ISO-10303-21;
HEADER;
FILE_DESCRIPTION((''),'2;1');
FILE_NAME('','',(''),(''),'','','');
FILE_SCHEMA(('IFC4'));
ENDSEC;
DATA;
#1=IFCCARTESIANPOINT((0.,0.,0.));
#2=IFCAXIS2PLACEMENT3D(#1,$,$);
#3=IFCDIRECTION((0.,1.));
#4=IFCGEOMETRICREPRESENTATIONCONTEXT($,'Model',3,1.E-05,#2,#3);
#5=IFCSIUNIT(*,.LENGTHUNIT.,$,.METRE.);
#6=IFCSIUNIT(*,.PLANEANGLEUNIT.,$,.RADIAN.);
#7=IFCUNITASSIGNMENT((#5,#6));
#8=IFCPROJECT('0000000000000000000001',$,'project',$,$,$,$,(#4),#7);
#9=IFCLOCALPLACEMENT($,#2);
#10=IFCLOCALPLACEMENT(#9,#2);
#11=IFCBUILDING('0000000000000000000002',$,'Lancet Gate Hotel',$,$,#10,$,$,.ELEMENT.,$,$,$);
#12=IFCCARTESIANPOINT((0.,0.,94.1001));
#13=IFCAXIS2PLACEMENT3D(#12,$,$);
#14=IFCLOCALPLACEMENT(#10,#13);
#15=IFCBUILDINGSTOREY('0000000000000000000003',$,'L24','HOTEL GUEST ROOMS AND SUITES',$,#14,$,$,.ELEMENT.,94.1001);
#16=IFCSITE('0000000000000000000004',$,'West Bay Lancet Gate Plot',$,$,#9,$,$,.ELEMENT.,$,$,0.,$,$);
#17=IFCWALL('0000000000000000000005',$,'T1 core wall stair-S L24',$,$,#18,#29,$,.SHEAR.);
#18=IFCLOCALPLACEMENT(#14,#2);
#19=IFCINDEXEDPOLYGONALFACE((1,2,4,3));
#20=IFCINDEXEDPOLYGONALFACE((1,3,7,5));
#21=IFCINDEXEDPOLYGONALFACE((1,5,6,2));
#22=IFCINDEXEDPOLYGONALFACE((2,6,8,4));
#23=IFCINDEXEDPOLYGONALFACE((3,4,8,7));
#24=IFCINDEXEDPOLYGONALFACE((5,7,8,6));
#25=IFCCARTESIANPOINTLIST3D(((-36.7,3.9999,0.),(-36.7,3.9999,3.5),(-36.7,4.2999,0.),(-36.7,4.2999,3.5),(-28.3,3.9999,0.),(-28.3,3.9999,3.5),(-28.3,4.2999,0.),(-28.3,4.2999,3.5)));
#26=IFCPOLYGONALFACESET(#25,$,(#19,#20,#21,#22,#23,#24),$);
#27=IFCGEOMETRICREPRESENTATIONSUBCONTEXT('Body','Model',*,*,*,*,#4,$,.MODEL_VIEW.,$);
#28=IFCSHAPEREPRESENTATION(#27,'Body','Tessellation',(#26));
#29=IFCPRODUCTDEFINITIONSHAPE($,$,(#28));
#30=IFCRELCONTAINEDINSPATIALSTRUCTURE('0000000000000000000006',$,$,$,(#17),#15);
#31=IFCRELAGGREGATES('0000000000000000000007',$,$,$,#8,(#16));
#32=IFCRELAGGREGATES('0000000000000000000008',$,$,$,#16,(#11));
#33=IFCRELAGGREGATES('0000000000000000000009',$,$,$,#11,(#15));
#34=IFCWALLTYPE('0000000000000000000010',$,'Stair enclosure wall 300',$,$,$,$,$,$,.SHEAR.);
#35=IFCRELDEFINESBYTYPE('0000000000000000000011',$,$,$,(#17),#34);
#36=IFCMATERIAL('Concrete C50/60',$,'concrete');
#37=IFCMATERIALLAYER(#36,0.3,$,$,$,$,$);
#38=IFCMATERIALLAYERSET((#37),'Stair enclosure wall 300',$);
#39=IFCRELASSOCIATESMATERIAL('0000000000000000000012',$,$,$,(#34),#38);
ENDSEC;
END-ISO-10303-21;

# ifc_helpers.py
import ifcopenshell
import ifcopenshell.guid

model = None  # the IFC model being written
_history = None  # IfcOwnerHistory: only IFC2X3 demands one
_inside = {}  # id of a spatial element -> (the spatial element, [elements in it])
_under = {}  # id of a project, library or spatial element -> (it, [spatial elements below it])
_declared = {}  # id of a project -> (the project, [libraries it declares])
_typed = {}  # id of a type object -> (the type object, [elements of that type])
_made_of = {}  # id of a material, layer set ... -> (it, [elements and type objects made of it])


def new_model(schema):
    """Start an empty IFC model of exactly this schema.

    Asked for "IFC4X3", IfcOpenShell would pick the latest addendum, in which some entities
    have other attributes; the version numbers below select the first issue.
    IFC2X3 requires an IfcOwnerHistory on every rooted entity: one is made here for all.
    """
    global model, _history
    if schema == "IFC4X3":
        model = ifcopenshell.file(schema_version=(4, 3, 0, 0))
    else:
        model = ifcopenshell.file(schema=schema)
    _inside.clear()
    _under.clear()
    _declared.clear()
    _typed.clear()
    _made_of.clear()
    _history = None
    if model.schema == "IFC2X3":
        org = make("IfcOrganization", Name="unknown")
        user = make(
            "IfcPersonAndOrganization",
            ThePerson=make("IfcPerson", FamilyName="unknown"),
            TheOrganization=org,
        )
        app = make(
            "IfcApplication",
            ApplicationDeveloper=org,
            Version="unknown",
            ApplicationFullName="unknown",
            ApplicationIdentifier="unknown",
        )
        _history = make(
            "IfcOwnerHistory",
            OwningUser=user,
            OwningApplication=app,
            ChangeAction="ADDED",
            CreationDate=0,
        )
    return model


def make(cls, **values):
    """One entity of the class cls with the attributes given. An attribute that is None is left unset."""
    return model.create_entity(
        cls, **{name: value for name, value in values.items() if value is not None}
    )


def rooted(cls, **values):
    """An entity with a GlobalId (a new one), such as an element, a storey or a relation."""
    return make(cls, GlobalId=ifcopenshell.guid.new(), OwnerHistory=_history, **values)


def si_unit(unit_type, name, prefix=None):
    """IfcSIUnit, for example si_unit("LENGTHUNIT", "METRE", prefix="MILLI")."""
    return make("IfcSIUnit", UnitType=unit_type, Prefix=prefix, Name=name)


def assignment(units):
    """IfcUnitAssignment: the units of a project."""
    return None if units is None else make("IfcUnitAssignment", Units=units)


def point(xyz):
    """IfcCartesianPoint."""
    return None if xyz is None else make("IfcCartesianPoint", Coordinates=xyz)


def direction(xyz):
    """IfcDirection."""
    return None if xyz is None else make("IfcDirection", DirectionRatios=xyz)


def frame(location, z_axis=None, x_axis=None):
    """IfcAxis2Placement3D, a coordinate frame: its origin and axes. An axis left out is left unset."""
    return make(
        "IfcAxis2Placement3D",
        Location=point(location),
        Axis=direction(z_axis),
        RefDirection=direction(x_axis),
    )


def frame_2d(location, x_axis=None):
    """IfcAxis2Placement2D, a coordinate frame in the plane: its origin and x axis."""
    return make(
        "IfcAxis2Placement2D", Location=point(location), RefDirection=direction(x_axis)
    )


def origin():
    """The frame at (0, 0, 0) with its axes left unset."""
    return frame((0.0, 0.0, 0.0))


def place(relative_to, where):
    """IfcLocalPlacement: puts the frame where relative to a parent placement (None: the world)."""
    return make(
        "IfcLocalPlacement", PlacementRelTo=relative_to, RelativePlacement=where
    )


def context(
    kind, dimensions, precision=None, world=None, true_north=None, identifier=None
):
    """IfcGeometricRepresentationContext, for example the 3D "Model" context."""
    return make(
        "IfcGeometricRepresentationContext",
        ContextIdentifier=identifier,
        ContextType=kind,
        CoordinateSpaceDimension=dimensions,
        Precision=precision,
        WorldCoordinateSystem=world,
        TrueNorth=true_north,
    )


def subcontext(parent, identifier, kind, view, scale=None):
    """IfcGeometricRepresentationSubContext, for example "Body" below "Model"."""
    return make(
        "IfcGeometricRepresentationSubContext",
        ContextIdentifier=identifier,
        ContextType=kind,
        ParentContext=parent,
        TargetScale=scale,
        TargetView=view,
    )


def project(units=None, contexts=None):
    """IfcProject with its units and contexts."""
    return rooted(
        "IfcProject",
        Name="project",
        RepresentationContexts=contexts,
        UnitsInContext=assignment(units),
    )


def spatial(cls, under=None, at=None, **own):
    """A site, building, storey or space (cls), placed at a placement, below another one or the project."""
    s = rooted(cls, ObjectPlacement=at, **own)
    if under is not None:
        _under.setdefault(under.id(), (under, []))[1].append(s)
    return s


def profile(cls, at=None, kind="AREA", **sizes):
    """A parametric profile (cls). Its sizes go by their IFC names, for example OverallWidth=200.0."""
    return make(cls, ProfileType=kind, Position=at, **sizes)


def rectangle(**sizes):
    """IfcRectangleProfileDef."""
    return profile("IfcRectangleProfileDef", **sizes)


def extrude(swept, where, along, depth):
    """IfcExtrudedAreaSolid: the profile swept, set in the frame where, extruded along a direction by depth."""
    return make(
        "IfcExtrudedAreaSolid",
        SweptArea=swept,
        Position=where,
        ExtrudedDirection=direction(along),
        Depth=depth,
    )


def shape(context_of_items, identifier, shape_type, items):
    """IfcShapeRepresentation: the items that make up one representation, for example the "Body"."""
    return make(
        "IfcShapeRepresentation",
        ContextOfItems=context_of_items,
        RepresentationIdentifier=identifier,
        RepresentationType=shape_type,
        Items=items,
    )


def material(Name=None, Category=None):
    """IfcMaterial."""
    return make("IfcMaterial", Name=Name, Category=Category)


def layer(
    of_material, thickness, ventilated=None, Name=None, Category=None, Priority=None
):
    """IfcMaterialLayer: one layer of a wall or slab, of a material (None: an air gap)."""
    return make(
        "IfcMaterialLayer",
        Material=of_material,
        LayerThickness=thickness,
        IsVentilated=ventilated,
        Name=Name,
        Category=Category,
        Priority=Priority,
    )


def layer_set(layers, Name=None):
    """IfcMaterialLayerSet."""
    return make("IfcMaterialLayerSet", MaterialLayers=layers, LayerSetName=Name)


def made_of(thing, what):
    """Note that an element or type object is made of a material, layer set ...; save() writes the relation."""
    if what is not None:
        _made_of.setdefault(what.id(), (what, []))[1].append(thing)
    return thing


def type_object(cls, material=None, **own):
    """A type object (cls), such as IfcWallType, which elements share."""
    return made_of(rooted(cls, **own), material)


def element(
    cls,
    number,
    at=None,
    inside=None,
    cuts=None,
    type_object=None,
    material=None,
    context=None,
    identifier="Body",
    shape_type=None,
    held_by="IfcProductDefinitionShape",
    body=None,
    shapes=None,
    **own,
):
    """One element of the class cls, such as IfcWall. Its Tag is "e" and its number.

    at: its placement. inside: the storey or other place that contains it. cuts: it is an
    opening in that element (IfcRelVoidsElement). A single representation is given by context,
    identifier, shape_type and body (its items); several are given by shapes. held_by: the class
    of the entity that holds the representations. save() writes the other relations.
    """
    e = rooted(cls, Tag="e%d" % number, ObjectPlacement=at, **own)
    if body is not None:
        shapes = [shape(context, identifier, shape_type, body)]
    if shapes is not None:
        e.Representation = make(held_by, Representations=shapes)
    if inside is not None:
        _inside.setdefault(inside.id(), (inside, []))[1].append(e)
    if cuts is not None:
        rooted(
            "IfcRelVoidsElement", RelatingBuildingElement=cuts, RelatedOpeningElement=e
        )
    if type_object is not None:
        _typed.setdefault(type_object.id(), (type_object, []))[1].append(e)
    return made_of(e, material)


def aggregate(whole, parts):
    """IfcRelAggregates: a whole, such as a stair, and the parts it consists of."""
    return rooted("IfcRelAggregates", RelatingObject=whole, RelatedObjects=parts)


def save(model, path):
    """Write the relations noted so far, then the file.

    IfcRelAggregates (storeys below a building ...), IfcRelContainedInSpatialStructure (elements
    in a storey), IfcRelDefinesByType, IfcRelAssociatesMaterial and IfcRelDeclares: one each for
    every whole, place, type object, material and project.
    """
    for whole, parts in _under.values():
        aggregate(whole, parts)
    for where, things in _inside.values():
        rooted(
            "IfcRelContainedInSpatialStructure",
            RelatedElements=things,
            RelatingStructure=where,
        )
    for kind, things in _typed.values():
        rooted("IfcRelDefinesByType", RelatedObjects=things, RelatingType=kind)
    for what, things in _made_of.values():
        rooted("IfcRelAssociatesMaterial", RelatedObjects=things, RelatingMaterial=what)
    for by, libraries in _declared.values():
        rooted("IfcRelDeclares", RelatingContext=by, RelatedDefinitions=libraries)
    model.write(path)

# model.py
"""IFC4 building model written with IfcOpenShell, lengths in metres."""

from ifc_helpers import new_model, si_unit, direction, frame, frame_2d, origin, place, context, subcontext, project, spatial, rectangle, extrude, material, layer, layer_set, type_object, element, save


model = new_model("IFC4")

# Units and contexts
model_context = context("Model", 3, precision=1e-05, world=origin(), true_north=direction((0.0, 1.0)))
body_context = subcontext(model_context, "Body", "Model", "MODEL_VIEW")
ifc_project = project(units=[si_unit("LENGTHUNIT", "METRE"), si_unit("PLANEANGLEUNIT", "RADIAN")], contexts=[model_context])

# Site, building, storey
site_placement = place(None, origin())
site = spatial("IfcSite", under=ifc_project, at=site_placement, Name="West Bay Lancet Gate Plot", CompositionType="ELEMENT", RefElevation=0.0)
building_placement = place(site_placement, origin())
building = spatial("IfcBuilding", under=site, at=building_placement, Name="Lancet Gate Hotel", CompositionType="ELEMENT")
storey_placement = place(building_placement, frame((0.0, 0.0, 94.1001)))
storey = spatial("IfcBuildingStorey", under=building, at=storey_placement, Name="L24", Description="HOTEL GUEST ROOMS AND SUITES", CompositionType="ELEMENT", Elevation=94.1001)

# Wall
ifc_material_1 = material(Name="Concrete C50/60", Category="concrete")
ifc_layer_1 = layer(ifc_material_1, 0.3)
ifc_layer_set_1 = layer_set([ifc_layer_1], Name="Stair enclosure wall 300")
wall_type_1 = type_object("IfcWallType", Name="Stair enclosure wall 300", PredefinedType="SHEAR", material=ifc_layer_set_1)
wall_1_placement = place(storey_placement, frame((-28.3, 4.1499, 0.0), z_axis=(0.0, 0.0, 1.0), x_axis=(-1.0, 0.0, 0.0)))
element("IfcWall", 1, at=wall_1_placement, inside=storey, type_object=wall_type_1, Name="T1 core wall stair-S L24", PredefinedType="SHEAR", context=body_context, shape_type="SweptSolid", body=[
    extrude(rectangle(XDim=8.3999, YDim=0.3, at=frame_2d((4.2, 0.0))), origin(), (0.0, 0.0, 1.0), 3.5),
])

save(model, "model.ifc")
